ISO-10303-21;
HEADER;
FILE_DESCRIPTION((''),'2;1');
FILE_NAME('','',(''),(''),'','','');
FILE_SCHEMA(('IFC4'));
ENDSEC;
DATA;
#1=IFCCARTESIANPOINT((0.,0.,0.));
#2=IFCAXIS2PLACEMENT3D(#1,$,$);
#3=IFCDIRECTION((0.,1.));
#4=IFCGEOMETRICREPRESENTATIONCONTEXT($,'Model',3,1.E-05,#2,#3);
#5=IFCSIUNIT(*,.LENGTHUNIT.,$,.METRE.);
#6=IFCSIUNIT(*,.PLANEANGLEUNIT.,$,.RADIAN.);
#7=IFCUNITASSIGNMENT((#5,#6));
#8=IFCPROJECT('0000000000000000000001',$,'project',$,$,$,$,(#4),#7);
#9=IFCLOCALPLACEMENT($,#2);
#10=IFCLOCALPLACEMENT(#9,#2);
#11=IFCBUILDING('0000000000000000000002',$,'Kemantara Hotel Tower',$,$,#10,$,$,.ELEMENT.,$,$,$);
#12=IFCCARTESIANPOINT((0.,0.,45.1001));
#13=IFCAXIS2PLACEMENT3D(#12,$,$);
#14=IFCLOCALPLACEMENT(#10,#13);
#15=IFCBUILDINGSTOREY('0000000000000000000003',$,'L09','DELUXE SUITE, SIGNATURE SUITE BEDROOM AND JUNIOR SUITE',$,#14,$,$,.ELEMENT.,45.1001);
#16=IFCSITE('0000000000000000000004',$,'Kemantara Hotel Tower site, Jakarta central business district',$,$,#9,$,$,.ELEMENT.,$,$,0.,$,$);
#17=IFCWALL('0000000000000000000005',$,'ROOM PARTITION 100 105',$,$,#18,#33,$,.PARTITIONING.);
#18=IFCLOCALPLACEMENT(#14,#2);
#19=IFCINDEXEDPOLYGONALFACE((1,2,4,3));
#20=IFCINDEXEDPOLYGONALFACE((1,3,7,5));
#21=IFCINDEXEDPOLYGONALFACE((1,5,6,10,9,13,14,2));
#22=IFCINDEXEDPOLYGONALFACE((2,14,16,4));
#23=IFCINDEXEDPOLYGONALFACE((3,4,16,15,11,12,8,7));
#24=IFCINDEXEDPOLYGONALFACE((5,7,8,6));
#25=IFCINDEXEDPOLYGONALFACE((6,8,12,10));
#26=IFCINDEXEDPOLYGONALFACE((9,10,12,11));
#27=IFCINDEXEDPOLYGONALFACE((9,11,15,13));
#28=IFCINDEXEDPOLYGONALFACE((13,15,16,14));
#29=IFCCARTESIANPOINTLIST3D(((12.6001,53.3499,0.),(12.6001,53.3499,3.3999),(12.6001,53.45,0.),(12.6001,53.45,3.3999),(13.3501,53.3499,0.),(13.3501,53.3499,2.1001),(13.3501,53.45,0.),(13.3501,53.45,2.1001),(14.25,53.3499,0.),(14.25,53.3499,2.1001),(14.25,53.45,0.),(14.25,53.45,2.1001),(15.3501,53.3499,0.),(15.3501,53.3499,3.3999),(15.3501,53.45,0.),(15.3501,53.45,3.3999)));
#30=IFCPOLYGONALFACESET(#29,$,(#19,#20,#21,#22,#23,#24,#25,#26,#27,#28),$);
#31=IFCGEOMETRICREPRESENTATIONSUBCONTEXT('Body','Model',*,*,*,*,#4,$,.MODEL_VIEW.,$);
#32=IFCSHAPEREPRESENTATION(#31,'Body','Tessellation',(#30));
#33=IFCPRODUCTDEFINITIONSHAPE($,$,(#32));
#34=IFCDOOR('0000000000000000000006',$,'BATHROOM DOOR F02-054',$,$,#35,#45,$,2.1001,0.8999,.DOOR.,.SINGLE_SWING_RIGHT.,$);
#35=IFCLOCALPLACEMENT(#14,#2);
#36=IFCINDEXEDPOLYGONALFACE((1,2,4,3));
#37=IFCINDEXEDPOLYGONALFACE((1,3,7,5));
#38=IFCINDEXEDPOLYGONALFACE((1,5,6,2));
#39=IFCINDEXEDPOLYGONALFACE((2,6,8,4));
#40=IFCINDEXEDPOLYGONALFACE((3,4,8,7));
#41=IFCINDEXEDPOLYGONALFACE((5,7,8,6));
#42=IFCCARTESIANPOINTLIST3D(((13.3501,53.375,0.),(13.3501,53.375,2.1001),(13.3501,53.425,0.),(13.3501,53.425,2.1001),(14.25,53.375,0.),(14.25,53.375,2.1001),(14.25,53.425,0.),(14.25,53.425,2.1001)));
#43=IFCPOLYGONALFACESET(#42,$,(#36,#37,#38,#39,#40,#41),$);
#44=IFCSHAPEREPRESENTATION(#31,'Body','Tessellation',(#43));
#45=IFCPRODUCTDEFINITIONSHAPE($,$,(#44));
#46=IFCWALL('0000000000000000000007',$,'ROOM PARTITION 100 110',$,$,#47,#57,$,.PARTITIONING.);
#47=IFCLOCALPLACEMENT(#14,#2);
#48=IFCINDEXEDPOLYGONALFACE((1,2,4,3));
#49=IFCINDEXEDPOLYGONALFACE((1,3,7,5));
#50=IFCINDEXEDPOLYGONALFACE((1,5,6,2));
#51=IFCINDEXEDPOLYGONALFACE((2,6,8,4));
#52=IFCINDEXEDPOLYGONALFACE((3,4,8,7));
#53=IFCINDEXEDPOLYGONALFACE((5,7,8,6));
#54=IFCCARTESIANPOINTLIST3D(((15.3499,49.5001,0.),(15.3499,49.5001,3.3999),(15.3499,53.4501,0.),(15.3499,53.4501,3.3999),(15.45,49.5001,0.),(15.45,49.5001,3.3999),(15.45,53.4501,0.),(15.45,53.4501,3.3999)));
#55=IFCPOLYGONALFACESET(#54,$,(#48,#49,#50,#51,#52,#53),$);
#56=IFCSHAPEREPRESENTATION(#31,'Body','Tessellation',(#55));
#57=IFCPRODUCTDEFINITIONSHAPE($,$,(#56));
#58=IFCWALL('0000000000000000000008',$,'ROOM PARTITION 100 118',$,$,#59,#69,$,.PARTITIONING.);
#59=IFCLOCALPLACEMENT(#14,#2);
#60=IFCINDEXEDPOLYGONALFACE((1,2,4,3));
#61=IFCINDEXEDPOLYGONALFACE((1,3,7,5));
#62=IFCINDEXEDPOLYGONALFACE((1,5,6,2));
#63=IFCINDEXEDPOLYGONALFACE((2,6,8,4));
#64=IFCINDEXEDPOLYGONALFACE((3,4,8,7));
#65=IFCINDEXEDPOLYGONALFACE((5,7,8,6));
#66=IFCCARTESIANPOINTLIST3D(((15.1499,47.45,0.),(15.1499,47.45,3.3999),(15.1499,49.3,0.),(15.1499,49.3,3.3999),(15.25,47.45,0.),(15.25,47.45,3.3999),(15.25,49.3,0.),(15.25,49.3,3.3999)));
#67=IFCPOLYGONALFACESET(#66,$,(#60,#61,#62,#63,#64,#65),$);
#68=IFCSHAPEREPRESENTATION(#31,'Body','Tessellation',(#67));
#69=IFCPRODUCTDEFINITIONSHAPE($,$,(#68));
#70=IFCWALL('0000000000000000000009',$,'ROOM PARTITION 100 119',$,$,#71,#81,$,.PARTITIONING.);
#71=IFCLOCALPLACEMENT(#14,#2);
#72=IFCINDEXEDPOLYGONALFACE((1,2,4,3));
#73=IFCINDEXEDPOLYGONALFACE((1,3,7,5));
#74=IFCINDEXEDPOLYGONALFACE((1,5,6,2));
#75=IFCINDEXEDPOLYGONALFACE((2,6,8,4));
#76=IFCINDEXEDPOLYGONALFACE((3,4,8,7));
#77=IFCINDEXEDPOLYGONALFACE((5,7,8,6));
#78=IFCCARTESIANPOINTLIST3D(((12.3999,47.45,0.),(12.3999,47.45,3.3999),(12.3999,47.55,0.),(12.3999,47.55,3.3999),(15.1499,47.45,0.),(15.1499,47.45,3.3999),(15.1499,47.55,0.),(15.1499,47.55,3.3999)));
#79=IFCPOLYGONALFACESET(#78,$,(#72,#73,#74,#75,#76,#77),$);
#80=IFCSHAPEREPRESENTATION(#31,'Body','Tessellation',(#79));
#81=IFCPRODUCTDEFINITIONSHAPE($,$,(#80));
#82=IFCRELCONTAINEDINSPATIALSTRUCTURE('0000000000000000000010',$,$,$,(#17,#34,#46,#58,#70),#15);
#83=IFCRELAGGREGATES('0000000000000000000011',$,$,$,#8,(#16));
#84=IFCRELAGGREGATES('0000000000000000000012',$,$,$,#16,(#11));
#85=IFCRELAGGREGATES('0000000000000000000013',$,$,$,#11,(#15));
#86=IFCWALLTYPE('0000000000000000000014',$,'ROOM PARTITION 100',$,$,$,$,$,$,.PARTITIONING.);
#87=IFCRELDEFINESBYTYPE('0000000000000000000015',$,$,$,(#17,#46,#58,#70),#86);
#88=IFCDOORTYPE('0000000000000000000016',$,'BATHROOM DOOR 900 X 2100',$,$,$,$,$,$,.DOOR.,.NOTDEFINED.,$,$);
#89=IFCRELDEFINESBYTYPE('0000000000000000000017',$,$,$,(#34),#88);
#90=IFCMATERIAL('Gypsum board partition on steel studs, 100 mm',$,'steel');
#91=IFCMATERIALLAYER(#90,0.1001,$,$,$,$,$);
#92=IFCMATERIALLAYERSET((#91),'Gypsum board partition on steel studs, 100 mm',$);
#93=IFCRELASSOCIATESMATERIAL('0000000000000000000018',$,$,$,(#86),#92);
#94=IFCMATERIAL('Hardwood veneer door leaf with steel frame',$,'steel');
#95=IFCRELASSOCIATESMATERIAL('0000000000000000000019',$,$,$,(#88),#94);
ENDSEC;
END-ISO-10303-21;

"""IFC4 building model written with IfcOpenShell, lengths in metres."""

from ifc_helpers import new_model, si_unit, direction, frame, frame_2d, origin, place, context, subcontext, project, spatial, rectangle, extrude, material, layer, layer_set, type_object, element, fill, save


model = new_model("IFC4")

# Units and contexts
model_context = context("Model", 3, precision=1e-05, world=origin(), true_north=direction((0.0, 1.0)))
body_context = subcontext(model_context, "Body", "Model", "MODEL_VIEW")
ifc_project = project(units=[si_unit("LENGTHUNIT", "METRE"), si_unit("PLANEANGLEUNIT", "RADIAN")], contexts=[model_context])

# Site, building, storey
site_placement = place(None, origin())
site = spatial("IfcSite", under=ifc_project, at=site_placement, Name="Kemantara Hotel Tower site, Jakarta central business district", CompositionType="ELEMENT", RefElevation=0.0)
building_placement = place(site_placement, origin())
building = spatial("IfcBuilding", under=site, at=building_placement, Name="Kemantara Hotel Tower", CompositionType="ELEMENT")
storey_placement = place(building_placement, frame((0.0, 0.0, 45.1001)))
storey = spatial("IfcBuildingStorey", under=building, at=storey_placement, Name="L09", Description="DELUXE SUITE, SIGNATURE SUITE BEDROOM AND JUNIOR SUITE", CompositionType="ELEMENT", Elevation=45.1001)

# Wall, opening, door
ifc_material_1 = material(Name="Gypsum board partition on steel studs, 100 mm", Category="steel")
ifc_layer_1 = layer(ifc_material_1, 0.1001)
ifc_layer_set_1 = layer_set([ifc_layer_1], Name="Gypsum board partition on steel studs, 100 mm")
wall_type_1 = type_object("IfcWallType", Name="ROOM PARTITION 100", PredefinedType="PARTITIONING", material=ifc_layer_set_1)
wall_1_placement = place(storey_placement, frame((15.3501, 53.3999, 0.0), z_axis=(0.0, 0.0, 1.0), x_axis=(-1.0, 0.0, 0.0)))
wall_1 = element("IfcWall", 1, at=wall_1_placement, inside=storey, type_object=wall_type_1, Name="ROOM PARTITION 100 105", PredefinedType="PARTITIONING", context=body_context, shape_type="SweptSolid", body=[
    extrude(rectangle(XDim=2.75, YDim=0.1001, at=frame_2d((1.375, 0.0))), origin(), (0.0, 0.0, 1.0), 3.3999),
])
opening_1_placement = place(wall_1_placement, frame((1.1001, 0.0, 0.0)))
opening_1 = element("IfcOpeningElement", 2, at=opening_1_placement, cuts=wall_1, PredefinedType="OPENING", context=body_context, shape_type="SweptSolid", body=[
    extrude(rectangle(XDim=0.8999, YDim=2.1001, at=frame_2d((0.45, 1.05))), frame((0.0, 0.0601, 0.0), z_axis=(0.0, -1.0, 0.0), x_axis=(1.0, 0.0, 0.0)), (0.0, 0.0, 1.0), 0.1201),
])
ifc_material_2 = material(Name="Hardwood veneer door leaf with steel frame", Category="steel")
door_type_1 = type_object("IfcDoorType", Name="BATHROOM DOOR 900 X 2100", OperationType="NOTDEFINED", PredefinedType="DOOR", material=ifc_material_2)
door_1_placement = place(opening_1_placement, origin())
door_1 = element("IfcDoor", 3, at=door_1_placement, inside=storey, type_object=door_type_1, Name="BATHROOM DOOR F02-054", OperationType="SINGLE_SWING_RIGHT", OverallHeight=2.1001, OverallWidth=0.8999, PredefinedType="DOOR", context=body_context, shape_type="SweptSolid", body=[
    extrude(rectangle(XDim=0.8999, YDim=2.1001, at=frame_2d((0.45, 1.05))), frame((0.0, 0.0249, 0.0), z_axis=(0.0, -1.0, 0.0), x_axis=(1.0, 0.0, 0.0)), (0.0, 0.0, 1.0), 0.05),
])
fill(opening_1, door_1)

# Walls
wall_2_placement = place(storey_placement, frame((15.3999, 49.5, 0.0), z_axis=(0.0, 0.0, 1.0), x_axis=(0.0, 1.0, 0.0)))
element("IfcWall", 4, at=wall_2_placement, inside=storey, type_object=wall_type_1, Name="ROOM PARTITION 100 110", PredefinedType="PARTITIONING", context=body_context, shape_type="SweptSolid", body=[
    extrude(rectangle(XDim=3.95, YDim=0.1001, at=frame_2d((1.9751, 0.0))), origin(), (0.0, 0.0, 1.0), 3.3999),
])
wall_3_placement = place(storey_placement, frame((15.2, 47.45, 0.0), z_axis=(0.0, 0.0, 1.0), x_axis=(0.0, 1.0, 0.0)))
element("IfcWall", 5, at=wall_3_placement, inside=storey, type_object=wall_type_1, Name="ROOM PARTITION 100 118", PredefinedType="PARTITIONING", context=body_context, shape_type="SweptSolid", body=[
    extrude(rectangle(XDim=1.8501, YDim=0.1001, at=frame_2d((0.925, 0.0))), origin(), (0.0, 0.0, 1.0), 3.3999),
])
wall_4_placement = place(storey_placement, frame((12.3999, 47.5, 0.0), z_axis=(0.0, 0.0, 1.0), x_axis=(1.0, 0.0, 0.0)))
element("IfcWall", 6, at=wall_4_placement, inside=storey, type_object=wall_type_1, Name="ROOM PARTITION 100 119", PredefinedType="PARTITIONING", context=body_context, shape_type="SweptSolid", body=[
    extrude(rectangle(XDim=2.75, YDim=0.1001, at=frame_2d((1.375, 0.0))), origin(), (0.0, 0.0, 1.0), 3.3999),
])

save(model, "model.ifc")
